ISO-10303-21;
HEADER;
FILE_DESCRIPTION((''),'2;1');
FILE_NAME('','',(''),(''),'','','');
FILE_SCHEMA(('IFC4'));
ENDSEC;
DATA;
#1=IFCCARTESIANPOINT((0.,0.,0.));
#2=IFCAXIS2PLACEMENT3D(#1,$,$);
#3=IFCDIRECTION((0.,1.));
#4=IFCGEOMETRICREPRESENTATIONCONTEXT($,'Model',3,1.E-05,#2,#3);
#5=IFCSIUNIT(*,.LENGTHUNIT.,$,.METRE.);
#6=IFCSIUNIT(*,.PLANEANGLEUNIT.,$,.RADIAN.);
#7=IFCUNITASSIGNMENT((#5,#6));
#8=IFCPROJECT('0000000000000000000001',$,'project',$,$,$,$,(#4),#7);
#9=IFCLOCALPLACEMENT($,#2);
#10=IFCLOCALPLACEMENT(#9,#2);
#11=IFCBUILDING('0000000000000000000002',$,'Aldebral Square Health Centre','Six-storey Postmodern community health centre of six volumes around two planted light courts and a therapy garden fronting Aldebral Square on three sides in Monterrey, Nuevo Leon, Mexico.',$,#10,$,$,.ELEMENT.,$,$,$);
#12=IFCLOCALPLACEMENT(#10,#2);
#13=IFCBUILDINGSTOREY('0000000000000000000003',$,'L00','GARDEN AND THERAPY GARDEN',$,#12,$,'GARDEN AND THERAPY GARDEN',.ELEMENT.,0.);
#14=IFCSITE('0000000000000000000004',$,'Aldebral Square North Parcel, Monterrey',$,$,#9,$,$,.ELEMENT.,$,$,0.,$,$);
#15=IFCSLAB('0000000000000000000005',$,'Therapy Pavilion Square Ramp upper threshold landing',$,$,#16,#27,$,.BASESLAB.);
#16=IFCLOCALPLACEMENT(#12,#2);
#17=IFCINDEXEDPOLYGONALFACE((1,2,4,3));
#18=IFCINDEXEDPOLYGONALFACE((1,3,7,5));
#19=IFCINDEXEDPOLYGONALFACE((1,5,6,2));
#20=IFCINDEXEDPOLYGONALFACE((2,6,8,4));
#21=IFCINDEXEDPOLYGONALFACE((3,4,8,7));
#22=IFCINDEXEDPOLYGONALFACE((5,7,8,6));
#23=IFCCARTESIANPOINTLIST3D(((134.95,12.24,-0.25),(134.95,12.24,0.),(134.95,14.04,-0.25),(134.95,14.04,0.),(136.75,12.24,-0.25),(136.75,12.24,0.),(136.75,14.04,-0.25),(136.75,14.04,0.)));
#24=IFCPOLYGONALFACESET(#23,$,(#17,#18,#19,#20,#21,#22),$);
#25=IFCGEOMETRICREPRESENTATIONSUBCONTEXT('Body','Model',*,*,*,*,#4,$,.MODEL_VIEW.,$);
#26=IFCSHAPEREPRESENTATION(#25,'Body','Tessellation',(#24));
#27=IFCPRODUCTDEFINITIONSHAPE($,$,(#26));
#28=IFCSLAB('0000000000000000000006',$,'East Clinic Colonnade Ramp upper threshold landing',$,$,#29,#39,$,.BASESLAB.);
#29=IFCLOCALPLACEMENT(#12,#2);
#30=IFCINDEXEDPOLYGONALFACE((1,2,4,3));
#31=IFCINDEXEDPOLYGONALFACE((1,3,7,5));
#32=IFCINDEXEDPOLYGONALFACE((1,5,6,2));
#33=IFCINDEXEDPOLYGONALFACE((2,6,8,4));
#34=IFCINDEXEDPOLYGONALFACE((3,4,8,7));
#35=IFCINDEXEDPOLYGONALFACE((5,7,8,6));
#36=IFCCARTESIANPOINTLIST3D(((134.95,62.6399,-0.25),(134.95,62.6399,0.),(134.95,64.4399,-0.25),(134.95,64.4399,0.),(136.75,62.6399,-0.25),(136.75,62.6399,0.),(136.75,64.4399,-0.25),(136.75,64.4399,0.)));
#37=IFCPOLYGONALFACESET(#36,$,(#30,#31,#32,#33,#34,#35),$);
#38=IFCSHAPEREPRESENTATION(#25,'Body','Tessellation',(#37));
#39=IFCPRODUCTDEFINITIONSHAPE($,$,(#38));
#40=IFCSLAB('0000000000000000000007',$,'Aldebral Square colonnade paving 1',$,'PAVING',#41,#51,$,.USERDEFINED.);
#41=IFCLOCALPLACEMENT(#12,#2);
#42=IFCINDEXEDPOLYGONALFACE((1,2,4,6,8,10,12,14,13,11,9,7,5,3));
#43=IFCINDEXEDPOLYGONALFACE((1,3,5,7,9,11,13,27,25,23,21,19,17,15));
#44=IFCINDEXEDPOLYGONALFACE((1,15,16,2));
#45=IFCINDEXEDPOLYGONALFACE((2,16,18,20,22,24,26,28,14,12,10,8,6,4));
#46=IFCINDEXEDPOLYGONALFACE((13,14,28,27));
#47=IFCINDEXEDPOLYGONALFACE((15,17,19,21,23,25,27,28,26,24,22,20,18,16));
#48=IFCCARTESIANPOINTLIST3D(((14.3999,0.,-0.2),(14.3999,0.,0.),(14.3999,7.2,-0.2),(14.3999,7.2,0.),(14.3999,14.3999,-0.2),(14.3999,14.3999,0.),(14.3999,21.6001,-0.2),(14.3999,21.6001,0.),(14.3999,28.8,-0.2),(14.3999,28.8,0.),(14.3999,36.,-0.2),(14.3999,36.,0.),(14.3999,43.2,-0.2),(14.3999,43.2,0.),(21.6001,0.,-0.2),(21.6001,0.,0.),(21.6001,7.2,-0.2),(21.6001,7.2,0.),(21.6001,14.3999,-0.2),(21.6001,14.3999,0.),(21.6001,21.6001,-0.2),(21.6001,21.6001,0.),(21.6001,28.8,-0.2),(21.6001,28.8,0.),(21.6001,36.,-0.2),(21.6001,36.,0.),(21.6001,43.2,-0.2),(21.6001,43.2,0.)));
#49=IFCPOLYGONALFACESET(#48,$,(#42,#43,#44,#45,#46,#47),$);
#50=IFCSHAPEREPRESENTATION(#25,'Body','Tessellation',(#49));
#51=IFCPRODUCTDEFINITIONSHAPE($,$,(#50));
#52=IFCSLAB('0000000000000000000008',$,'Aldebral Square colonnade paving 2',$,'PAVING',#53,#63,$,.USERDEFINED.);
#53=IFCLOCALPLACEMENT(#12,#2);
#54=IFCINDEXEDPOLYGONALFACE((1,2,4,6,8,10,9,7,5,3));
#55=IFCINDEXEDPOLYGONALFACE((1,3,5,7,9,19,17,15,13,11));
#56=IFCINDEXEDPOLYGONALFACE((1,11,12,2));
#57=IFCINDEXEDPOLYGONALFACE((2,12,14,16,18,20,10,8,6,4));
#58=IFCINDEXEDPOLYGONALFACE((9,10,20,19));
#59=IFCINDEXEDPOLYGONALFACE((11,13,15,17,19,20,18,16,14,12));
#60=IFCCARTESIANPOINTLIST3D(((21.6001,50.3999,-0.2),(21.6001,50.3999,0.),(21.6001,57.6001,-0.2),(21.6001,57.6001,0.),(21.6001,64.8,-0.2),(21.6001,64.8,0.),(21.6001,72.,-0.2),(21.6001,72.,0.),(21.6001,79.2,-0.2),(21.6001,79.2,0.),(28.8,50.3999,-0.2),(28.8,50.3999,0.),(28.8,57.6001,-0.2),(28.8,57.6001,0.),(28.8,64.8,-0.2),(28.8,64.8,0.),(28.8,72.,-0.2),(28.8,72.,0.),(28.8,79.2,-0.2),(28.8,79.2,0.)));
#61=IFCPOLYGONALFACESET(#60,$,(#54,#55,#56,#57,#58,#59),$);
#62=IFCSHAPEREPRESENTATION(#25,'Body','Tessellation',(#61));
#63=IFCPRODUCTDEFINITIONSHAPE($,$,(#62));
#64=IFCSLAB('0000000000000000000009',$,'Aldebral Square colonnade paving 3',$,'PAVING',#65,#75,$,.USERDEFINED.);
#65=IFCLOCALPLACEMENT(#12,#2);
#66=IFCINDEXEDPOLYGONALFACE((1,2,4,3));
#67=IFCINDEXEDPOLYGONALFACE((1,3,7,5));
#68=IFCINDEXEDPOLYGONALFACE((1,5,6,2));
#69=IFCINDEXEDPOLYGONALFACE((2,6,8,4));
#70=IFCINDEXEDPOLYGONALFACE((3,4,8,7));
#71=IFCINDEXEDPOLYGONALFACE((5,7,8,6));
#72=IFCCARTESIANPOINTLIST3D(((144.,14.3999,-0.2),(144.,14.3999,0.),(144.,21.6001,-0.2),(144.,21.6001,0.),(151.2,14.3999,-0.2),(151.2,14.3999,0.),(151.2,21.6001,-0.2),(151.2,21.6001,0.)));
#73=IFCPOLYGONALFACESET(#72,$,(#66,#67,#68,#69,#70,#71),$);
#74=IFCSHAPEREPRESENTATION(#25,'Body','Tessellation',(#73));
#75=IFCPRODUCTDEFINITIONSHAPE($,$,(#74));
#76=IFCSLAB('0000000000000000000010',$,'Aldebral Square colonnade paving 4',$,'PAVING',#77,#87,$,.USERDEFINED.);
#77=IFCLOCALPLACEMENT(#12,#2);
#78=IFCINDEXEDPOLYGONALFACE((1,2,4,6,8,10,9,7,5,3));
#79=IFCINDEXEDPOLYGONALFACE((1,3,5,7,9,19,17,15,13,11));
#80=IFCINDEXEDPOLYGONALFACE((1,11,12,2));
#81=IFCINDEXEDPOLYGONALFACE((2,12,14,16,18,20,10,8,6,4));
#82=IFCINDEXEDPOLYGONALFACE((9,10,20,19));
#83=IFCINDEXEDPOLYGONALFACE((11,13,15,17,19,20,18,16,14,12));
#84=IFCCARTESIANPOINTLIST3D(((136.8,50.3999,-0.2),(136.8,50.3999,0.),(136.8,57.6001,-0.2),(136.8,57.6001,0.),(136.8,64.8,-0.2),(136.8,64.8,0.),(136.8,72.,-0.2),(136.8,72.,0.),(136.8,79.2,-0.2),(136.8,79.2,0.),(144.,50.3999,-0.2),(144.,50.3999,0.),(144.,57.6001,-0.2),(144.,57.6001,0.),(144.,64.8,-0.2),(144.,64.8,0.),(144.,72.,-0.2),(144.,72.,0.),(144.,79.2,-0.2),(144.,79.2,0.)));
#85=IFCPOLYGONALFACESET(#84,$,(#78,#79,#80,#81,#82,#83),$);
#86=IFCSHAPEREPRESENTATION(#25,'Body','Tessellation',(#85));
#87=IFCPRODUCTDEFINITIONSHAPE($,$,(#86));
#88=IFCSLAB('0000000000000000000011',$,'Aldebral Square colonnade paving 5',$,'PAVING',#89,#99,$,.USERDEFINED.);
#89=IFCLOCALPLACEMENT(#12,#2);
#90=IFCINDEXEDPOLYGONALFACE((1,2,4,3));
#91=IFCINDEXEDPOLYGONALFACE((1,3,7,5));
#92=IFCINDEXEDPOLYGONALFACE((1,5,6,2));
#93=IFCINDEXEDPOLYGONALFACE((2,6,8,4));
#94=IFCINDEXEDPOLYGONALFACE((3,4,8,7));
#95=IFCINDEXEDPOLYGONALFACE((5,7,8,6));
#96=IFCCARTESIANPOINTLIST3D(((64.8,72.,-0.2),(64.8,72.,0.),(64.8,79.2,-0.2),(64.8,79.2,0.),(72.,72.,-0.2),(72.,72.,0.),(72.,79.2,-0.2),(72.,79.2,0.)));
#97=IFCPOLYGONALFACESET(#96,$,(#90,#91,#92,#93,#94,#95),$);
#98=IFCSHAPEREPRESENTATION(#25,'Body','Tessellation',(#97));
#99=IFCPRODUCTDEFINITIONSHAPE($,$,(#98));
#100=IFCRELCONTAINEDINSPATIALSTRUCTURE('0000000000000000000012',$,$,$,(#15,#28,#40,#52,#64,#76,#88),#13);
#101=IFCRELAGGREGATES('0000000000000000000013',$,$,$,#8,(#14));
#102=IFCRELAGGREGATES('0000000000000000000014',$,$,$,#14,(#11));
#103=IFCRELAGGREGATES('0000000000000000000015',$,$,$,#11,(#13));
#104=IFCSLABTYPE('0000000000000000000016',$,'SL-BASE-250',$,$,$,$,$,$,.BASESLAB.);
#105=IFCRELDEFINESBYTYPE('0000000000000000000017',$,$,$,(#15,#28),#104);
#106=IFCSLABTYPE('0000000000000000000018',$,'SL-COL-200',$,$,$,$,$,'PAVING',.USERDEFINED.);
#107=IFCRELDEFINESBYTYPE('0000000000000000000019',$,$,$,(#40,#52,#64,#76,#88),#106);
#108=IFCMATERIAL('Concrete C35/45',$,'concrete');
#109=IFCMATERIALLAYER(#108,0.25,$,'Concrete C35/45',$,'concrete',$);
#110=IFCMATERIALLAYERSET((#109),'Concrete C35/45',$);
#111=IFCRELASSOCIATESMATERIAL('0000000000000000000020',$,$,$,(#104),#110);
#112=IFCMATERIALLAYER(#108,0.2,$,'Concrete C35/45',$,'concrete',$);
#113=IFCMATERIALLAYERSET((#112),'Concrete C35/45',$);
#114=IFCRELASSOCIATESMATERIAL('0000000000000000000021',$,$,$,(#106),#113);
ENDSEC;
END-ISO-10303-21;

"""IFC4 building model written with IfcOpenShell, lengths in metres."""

from ifc_helpers import new_model, si_unit, direction, frame, origin, place, context, subcontext, project, spatial, polyline, outline, extrude, material, layer, layer_set, type_object, element, save


model = new_model("IFC4")

# Units and contexts
model_context = context("Model", 3, precision=1e-05, world=origin(), true_north=direction((0.0, 1.0)))
body_context = subcontext(model_context, "Body", "Model", "MODEL_VIEW")
ifc_project = project(units=[si_unit("LENGTHUNIT", "METRE"), si_unit("PLANEANGLEUNIT", "RADIAN")], contexts=[model_context])

# Site, building, storey
site_placement = place(None, origin())
site = spatial("IfcSite", under=ifc_project, at=site_placement, Name="Aldebral Square North Parcel, Monterrey", CompositionType="ELEMENT", RefElevation=0.0)
building_placement = place(site_placement, origin())
building = spatial("IfcBuilding", under=site, at=building_placement, Name="Aldebral Square Health Centre", Description="Six-storey Postmodern community health centre of six volumes around two planted light courts and a therapy garden fronting Aldebral Square on three sides in Monterrey, Nuevo Leon, Mexico.", CompositionType="ELEMENT")
storey_placement = place(building_placement, origin())
storey = spatial("IfcBuildingStorey", under=building, at=storey_placement, Name="L00", Description="GARDEN AND THERAPY GARDEN", LongName="GARDEN AND THERAPY GARDEN", CompositionType="ELEMENT", Elevation=0.0)

# Slabs
ifc_material = material(Name="Concrete C35/45", Category="concrete")
ifc_layer_1 = layer(ifc_material, 0.25, Name="Concrete C35/45", Category="concrete")
ifc_layer_set_1 = layer_set([ifc_layer_1], Name="Concrete C35/45")
slab_type_1 = type_object("IfcSlabType", Name="SL-BASE-250", PredefinedType="BASESLAB", material=ifc_layer_set_1)
slab_1_placement = place(storey_placement, frame((0.0, 0.0, -0.25)))
element("IfcSlab", 1, at=slab_1_placement, inside=storey, type_object=slab_type_1, Name="Therapy Pavilion Square Ramp upper threshold landing", PredefinedType="BASESLAB", context=body_context, shape_type="SweptSolid", body=[
    extrude(outline(polyline([(136.75, 12.24), (136.75, 14.04), (134.95, 14.04), (134.95, 12.24), (136.75, 12.24)])), origin(), (0.0, 0.0, 1.0), 0.25),
])
slab_2_placement = place(storey_placement, frame((0.0, 0.0, -0.25)))
element("IfcSlab", 2, at=slab_2_placement, inside=storey, type_object=slab_type_1, Name="East Clinic Colonnade Ramp upper threshold landing", PredefinedType="BASESLAB", context=body_context, shape_type="SweptSolid", body=[
    extrude(outline(polyline([(136.75, 62.6399), (136.75, 64.4399), (134.95, 64.4399), (134.95, 62.6399), (136.75, 62.6399)])), origin(), (0.0, 0.0, 1.0), 0.25),
])
ifc_layer_2 = layer(ifc_material, 0.2, Name="Concrete C35/45", Category="concrete")
ifc_layer_set_2 = layer_set([ifc_layer_2], Name="Concrete C35/45")
slab_type_2 = type_object("IfcSlabType", Name="SL-COL-200", ElementType="PAVING", PredefinedType="USERDEFINED", material=ifc_layer_set_2)
slab_3_placement = place(storey_placement, frame((0.0, 0.0, -0.2)))
element("IfcSlab", 3, at=slab_3_placement, inside=storey, type_object=slab_type_2, Name="Aldebral Square colonnade paving 1", ObjectType="PAVING", PredefinedType="USERDEFINED", context=body_context, shape_type="SweptSolid", body=[
    extrude(outline(polyline([(14.3999, 14.3999), (14.3999, 21.6001), (14.3999, 28.8), (14.3999, 36.0), (14.3999, 43.2), (21.6001, 43.2), (21.6001, 36.0), (21.6001, 28.8), (21.6001, 21.6001), (21.6001, 14.3999), (21.6001, 7.2), (21.6001, 0.0), (14.3999, 0.0), (14.3999, 7.2), (14.3999, 14.3999)])), origin(), (0.0, 0.0, 1.0), 0.2),
])
slab_4_placement = place(storey_placement, frame((0.0, 0.0, -0.2)))
element("IfcSlab", 4, at=slab_4_placement, inside=storey, type_object=slab_type_2, Name="Aldebral Square colonnade paving 2", ObjectType="PAVING", PredefinedType="USERDEFINED", context=body_context, shape_type="SweptSolid", body=[
    extrude(outline(polyline([(21.6001, 64.8), (21.6001, 72.0), (21.6001, 79.2), (28.8, 79.2), (28.8, 72.0), (28.8, 64.8), (28.8, 57.6001), (28.8, 50.3999), (21.6001, 50.3999), (21.6001, 57.6001), (21.6001, 64.8)])), origin(), (0.0, 0.0, 1.0), 0.2),
])
slab_5_placement = place(storey_placement, frame((0.0, 0.0, -0.2)))
element("IfcSlab", 5, at=slab_5_placement, inside=storey, type_object=slab_type_2, Name="Aldebral Square colonnade paving 3", ObjectType="PAVING", PredefinedType="USERDEFINED", context=body_context, shape_type="SweptSolid", body=[
    extrude(outline(polyline([(151.2, 14.3999), (144.0, 14.3999), (144.0, 21.6001), (151.2, 21.6001), (151.2, 14.3999)])), origin(), (0.0, 0.0, 1.0), 0.2),
])
slab_6_placement = place(storey_placement, frame((0.0, 0.0, -0.2)))
element("IfcSlab", 6, at=slab_6_placement, inside=storey, type_object=slab_type_2, Name="Aldebral Square colonnade paving 4", ObjectType="PAVING", PredefinedType="USERDEFINED", context=body_context, shape_type="SweptSolid", body=[
    extrude(outline(polyline([(136.8, 64.8), (136.8, 72.0), (136.8, 79.2), (144.0, 79.2), (144.0, 72.0), (144.0, 64.8), (144.0, 57.6001), (144.0, 50.3999), (136.8, 50.3999), (136.8, 57.6001), (136.8, 64.8)])), origin(), (0.0, 0.0, 1.0), 0.2),
])
slab_7_placement = place(storey_placement, frame((0.0, 0.0, -0.2)))
element("IfcSlab", 7, at=slab_7_placement, inside=storey, type_object=slab_type_2, Name="Aldebral Square colonnade paving 5", ObjectType="PAVING", PredefinedType="USERDEFINED", context=body_context, shape_type="SweptSolid", body=[
    extrude(outline(polyline([(72.0, 72.0), (64.8, 72.0), (64.8, 79.2), (72.0, 79.2), (72.0, 72.0)])), origin(), (0.0, 0.0, 1.0), 0.2),
])

save(model, "model.ifc")
